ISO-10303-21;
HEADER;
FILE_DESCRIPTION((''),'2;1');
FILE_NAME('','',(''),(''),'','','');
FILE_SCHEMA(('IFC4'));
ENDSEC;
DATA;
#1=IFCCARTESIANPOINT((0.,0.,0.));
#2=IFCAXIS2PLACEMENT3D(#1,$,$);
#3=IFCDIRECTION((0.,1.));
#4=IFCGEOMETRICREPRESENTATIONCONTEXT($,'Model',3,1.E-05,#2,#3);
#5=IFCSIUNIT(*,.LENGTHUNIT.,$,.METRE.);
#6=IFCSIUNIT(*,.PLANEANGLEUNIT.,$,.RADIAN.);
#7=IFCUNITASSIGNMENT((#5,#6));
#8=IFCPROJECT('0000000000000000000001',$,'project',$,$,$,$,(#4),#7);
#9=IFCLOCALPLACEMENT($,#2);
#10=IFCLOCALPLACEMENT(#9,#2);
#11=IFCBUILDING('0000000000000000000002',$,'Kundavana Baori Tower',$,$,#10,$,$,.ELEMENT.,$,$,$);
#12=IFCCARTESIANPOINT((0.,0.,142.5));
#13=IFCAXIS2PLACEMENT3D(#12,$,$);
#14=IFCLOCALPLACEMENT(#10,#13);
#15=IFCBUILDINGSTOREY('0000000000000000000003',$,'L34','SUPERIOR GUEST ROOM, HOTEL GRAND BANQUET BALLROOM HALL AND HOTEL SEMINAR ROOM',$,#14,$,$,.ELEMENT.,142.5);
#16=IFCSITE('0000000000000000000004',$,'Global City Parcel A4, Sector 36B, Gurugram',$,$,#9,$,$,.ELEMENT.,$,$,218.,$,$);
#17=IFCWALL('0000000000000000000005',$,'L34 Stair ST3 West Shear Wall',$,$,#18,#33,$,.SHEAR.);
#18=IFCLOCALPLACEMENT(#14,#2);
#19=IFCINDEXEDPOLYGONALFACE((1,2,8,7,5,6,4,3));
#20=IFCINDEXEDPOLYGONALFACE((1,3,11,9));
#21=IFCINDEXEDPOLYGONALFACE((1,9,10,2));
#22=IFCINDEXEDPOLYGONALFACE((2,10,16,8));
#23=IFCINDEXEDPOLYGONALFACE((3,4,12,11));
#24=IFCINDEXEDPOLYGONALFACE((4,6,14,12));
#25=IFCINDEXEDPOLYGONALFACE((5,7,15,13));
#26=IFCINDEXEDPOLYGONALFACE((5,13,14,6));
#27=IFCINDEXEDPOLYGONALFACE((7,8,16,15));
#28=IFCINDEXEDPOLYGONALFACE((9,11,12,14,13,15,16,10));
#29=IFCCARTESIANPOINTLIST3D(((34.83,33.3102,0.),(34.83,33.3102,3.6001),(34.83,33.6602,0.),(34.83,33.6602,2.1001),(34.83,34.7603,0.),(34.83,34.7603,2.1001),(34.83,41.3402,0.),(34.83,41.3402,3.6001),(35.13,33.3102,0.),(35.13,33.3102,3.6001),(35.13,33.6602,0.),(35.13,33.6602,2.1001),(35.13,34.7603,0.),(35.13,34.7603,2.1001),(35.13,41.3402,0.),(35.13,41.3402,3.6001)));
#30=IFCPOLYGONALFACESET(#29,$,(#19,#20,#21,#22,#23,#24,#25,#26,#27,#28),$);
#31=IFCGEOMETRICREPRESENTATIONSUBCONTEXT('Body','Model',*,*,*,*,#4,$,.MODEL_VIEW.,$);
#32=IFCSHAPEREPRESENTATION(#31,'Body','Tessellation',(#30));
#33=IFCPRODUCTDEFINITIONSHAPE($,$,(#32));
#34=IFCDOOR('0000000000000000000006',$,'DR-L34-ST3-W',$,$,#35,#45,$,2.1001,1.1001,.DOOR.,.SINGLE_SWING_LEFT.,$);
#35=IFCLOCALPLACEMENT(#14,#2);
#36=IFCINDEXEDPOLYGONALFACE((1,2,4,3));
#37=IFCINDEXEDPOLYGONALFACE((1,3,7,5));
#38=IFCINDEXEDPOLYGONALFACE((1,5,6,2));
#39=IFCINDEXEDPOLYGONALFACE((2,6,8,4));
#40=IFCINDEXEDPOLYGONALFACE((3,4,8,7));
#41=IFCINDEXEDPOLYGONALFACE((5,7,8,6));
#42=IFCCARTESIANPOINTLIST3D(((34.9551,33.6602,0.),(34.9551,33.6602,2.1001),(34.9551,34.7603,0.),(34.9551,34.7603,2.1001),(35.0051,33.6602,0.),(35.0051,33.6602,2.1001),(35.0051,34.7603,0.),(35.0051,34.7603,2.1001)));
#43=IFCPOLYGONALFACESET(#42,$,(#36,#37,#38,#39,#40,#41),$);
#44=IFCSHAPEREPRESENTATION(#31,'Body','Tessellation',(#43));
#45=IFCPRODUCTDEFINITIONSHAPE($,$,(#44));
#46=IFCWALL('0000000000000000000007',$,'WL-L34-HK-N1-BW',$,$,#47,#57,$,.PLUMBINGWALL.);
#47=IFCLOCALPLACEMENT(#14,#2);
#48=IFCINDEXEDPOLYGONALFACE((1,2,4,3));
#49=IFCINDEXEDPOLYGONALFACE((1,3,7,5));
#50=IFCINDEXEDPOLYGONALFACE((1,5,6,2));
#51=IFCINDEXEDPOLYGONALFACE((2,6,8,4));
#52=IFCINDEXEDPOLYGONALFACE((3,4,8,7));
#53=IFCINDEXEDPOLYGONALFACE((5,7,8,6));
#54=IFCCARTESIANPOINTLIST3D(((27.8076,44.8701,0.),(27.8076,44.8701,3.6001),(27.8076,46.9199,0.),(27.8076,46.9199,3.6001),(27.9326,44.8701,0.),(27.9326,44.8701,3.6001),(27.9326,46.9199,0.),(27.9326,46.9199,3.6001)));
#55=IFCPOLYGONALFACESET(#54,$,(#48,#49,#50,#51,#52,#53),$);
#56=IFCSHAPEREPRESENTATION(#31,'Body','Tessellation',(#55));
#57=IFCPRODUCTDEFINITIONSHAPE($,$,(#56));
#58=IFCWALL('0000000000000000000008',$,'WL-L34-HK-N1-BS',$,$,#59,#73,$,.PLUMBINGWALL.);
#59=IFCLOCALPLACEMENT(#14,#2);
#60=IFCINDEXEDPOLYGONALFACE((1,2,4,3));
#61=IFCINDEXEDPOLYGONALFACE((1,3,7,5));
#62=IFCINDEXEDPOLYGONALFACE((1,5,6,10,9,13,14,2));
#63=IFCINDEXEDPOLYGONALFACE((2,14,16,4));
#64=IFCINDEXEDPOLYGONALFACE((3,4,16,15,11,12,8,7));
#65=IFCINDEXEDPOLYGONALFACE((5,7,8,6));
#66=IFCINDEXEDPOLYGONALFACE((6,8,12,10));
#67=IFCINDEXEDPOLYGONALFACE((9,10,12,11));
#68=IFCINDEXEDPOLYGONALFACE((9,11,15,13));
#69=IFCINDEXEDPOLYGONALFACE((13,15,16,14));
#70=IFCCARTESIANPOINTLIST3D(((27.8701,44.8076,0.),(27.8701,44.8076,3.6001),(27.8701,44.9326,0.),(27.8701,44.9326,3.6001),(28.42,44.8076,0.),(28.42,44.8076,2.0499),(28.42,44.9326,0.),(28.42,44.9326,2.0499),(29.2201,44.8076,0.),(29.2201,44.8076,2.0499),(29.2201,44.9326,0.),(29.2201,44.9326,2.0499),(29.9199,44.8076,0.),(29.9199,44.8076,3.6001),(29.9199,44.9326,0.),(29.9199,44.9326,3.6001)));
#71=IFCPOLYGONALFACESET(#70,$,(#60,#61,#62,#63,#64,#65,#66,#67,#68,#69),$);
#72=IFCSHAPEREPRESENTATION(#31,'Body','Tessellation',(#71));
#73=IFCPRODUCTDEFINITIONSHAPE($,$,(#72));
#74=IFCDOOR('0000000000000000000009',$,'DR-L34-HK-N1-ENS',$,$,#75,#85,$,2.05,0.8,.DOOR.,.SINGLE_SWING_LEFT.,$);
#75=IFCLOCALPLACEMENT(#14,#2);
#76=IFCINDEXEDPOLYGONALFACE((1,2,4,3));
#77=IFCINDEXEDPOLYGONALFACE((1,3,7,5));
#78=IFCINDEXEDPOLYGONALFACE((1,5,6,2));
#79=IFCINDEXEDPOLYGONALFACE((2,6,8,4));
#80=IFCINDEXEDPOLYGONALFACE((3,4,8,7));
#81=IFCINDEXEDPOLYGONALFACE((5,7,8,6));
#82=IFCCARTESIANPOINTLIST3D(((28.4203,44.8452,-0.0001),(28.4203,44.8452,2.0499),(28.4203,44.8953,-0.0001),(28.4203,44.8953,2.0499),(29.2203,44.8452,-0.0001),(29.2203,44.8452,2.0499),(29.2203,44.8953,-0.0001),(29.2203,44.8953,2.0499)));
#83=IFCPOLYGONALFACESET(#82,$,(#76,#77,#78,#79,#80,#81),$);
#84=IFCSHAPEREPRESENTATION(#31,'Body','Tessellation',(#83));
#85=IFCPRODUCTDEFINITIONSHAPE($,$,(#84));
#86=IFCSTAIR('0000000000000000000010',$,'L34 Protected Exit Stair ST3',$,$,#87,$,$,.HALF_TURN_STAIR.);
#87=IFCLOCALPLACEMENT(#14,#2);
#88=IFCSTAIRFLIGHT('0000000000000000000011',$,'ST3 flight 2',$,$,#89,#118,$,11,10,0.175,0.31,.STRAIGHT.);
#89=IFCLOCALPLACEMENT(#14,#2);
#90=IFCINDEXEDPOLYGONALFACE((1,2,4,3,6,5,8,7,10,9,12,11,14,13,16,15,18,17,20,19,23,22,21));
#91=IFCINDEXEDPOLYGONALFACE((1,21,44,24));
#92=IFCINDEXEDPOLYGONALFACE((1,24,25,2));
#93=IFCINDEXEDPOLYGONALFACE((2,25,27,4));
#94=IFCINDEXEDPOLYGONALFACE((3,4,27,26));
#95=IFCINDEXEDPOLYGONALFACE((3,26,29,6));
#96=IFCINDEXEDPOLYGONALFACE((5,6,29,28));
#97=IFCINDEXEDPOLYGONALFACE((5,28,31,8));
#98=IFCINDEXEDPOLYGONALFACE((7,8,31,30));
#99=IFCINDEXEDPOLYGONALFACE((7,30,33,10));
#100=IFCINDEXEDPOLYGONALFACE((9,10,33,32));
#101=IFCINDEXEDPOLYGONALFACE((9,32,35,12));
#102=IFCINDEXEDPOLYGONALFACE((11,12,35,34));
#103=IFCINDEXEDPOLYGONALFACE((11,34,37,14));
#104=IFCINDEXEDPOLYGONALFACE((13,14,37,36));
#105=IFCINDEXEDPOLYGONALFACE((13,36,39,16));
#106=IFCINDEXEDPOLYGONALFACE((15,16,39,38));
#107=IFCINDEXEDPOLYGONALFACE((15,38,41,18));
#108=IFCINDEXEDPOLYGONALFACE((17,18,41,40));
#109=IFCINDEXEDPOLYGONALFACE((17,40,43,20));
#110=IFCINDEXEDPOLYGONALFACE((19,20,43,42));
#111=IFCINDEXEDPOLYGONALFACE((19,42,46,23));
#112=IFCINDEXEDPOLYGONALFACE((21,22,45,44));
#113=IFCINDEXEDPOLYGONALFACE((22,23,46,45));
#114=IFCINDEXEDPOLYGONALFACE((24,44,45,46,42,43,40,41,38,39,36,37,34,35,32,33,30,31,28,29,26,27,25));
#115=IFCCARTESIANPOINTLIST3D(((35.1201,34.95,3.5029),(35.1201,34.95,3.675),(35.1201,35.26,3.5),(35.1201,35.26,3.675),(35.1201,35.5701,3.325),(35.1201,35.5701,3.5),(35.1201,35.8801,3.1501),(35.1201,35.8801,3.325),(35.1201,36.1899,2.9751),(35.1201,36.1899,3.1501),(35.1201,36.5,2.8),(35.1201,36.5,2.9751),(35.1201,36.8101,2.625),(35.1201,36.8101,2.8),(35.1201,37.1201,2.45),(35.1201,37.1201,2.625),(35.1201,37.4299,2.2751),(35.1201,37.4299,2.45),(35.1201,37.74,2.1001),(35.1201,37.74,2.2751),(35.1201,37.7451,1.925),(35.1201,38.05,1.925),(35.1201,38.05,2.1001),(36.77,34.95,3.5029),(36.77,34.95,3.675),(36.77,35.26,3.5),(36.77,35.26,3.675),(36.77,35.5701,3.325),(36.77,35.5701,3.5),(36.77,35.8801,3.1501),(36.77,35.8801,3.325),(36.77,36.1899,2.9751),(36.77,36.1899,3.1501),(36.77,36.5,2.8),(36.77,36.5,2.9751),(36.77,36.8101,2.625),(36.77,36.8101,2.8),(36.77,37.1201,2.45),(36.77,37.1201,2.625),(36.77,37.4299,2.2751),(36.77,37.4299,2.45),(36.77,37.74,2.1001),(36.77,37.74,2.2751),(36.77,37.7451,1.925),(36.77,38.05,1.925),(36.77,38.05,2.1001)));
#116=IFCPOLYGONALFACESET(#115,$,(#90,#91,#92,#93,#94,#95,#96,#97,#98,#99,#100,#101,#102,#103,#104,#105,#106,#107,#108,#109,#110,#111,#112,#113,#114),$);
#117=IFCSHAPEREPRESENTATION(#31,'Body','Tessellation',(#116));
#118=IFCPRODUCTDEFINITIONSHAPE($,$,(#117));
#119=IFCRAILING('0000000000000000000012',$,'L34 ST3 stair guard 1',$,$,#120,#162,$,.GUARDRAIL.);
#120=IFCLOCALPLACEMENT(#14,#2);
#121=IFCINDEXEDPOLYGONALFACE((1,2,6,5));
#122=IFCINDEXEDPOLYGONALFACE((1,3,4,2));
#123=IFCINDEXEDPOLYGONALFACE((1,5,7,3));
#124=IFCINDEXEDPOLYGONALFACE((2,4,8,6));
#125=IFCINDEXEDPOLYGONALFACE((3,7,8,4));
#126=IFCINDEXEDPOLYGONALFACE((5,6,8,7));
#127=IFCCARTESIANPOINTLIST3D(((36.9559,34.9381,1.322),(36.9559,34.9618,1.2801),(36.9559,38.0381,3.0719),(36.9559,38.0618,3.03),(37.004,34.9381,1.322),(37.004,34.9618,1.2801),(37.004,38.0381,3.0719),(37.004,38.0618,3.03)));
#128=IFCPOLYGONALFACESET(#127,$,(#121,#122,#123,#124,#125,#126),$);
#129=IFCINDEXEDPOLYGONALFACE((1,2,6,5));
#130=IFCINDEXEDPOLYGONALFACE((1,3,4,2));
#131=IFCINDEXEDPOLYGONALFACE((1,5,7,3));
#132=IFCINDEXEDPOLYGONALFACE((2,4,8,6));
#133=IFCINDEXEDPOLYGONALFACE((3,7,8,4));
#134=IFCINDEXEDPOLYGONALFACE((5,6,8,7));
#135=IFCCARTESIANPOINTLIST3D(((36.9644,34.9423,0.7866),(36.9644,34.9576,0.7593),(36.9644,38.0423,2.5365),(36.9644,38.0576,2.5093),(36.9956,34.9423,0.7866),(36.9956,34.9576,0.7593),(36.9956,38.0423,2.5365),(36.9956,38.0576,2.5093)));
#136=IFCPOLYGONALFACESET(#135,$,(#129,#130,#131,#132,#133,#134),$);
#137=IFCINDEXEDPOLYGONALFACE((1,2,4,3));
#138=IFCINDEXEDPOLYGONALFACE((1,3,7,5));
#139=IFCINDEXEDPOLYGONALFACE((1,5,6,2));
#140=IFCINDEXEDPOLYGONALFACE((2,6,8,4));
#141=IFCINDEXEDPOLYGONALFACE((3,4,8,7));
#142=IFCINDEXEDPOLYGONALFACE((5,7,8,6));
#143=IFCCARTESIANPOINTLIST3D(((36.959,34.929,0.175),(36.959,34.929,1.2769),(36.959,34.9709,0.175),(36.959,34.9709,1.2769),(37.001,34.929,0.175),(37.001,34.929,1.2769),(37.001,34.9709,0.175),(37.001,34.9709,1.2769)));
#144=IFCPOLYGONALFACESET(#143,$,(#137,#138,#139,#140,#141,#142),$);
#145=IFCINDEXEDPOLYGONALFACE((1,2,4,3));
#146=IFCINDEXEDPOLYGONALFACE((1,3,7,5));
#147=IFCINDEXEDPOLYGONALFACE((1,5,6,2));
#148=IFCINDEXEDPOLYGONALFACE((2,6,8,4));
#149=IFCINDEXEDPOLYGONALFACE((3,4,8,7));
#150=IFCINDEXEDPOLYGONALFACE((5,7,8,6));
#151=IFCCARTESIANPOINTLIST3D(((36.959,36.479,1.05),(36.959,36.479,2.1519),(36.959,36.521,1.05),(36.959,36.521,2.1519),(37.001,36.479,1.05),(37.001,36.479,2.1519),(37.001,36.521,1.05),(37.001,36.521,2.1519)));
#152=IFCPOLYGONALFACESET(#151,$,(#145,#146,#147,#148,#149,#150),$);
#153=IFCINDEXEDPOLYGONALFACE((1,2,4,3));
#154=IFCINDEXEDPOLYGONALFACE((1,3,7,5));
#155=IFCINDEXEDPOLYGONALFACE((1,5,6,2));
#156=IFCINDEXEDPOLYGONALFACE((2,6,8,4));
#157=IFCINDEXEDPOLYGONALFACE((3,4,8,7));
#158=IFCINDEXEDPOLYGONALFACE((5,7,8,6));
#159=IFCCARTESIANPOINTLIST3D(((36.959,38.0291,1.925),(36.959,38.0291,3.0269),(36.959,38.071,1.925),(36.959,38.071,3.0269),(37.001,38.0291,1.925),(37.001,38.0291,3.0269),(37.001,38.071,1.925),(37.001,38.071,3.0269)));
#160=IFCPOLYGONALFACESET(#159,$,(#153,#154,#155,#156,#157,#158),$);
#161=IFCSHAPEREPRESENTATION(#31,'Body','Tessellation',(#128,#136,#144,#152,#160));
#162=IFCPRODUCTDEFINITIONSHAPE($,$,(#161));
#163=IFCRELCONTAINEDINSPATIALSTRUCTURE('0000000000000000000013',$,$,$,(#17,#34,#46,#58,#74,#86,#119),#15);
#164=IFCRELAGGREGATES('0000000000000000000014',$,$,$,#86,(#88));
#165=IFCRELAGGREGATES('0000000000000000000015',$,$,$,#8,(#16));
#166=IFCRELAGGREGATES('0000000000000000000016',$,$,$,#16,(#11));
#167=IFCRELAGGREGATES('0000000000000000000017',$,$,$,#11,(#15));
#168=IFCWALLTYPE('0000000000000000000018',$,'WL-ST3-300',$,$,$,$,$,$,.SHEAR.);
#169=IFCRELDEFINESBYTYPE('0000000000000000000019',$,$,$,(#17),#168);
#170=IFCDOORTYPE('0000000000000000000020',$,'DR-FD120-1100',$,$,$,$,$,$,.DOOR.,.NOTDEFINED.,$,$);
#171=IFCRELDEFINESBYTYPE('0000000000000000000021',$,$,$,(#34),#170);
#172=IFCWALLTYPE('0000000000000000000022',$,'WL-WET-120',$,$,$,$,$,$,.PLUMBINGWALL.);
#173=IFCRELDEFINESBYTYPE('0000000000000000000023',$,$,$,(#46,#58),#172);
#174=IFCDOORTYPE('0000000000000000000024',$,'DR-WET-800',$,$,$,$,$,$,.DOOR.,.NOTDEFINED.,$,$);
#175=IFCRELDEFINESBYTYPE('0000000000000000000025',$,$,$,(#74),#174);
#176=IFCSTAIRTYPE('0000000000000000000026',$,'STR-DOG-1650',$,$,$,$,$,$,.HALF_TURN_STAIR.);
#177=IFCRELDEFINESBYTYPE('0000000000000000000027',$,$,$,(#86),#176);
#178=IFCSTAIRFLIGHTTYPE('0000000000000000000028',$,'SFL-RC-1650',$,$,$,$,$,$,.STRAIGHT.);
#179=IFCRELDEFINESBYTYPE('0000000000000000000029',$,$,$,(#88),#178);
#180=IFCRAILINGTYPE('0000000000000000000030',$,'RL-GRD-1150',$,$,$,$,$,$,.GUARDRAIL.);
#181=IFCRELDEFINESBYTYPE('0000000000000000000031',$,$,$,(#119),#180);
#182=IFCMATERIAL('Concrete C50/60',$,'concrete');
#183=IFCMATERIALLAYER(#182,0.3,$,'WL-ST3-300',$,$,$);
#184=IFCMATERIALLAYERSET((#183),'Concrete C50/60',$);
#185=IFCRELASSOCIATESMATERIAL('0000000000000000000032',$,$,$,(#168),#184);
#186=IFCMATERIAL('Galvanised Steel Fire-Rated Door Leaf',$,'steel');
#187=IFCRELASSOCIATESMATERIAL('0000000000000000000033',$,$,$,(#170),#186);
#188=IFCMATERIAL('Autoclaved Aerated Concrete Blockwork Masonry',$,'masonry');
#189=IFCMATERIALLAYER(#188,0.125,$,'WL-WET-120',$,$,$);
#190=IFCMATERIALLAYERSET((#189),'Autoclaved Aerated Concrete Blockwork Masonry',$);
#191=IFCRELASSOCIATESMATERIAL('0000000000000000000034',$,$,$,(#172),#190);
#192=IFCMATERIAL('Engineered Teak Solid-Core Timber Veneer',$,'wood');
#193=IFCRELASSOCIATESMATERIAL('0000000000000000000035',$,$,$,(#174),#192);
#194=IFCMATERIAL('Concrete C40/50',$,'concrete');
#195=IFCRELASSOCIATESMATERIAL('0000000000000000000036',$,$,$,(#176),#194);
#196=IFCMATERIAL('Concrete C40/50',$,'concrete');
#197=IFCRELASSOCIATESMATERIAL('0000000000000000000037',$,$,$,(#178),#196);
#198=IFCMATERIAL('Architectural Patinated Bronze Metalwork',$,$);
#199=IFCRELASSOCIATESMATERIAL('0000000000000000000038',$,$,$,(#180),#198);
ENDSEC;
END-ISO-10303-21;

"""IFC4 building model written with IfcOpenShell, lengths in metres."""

from ifc_helpers import new_model, si_unit, direction, frame, frame_2d, origin, origin_2d, place, context, subcontext, project, spatial, polyline, rectangle, outline, extrude, material, layer, layer_set, type_object, element, fill, aggregate, save


model = new_model("IFC4")

# Units and contexts
model_context = context("Model", 3, precision=1e-05, world=origin(), true_north=direction((0.0, 1.0)))
body_context = subcontext(model_context, "Body", "Model", "MODEL_VIEW")
ifc_project = project(units=[si_unit("LENGTHUNIT", "METRE"), si_unit("PLANEANGLEUNIT", "RADIAN")], contexts=[model_context])

# Site, building, storey
site_placement = place(None, origin())
site = spatial("IfcSite", under=ifc_project, at=site_placement, Name="Global City Parcel A4, Sector 36B, Gurugram", CompositionType="ELEMENT", RefElevation=218.0)
building_placement = place(site_placement, origin())
building = spatial("IfcBuilding", under=site, at=building_placement, Name="Kundavana Baori Tower", CompositionType="ELEMENT")
storey_placement = place(building_placement, frame((0.0, 0.0, 142.5)))
storey = spatial("IfcBuildingStorey", under=building, at=storey_placement, Name="L34", Description="SUPERIOR GUEST ROOM, HOTEL GRAND BANQUET BALLROOM HALL AND HOTEL SEMINAR ROOM", CompositionType="ELEMENT", Elevation=142.5)

# Shared definitions
ifc_material_1 = material(Name="Concrete C50/60", Category="concrete")
ifc_layer_1 = layer(ifc_material_1, 0.3, Name="WL-ST3-300")
ifc_layer_set_1 = layer_set([ifc_layer_1], Name="Concrete C50/60")
wall_type_1 = type_object("IfcWallType", Name="WL-ST3-300", PredefinedType="SHEAR", material=ifc_layer_set_1)

# Wall, opening, door
wall_1_placement = place(storey_placement, frame((34.98, 33.3101, 0.0), z_axis=(0.0, 0.0, 1.0), x_axis=(0.0, 1.0, 0.0)))
wall_1 = element("IfcWall", 1, at=wall_1_placement, inside=storey, type_object=wall_type_1, Name="L34 Stair ST3 West Shear Wall", PredefinedType="SHEAR", context=body_context, shape_type="SweptSolid", body=[
    extrude(rectangle(XDim=8.03, YDim=0.3, at=frame_2d((4.0151, 0.0))), origin(), (0.0, 0.0, 1.0), 3.6001),
])
opening_1_placement = place(wall_1_placement, frame((0.3501, 0.0, 0.0)))
opening_1 = element("IfcOpeningElement", 2, at=opening_1_placement, cuts=wall_1, PredefinedType="OPENING", context=body_context, shape_type="SweptSolid", body=[
    extrude(rectangle(XDim=1.1001, YDim=2.1001, at=frame_2d((0.55, 1.05))), frame((0.0, 0.1602, 0.0), z_axis=(0.0, -1.0, 0.0), x_axis=(1.0, 0.0, 0.0)), (0.0, 0.0, 1.0), 0.3201),
])
ifc_material_2 = material(Name="Galvanised Steel Fire-Rated Door Leaf", Category="steel")
door_type_1 = type_object("IfcDoorType", Name="DR-FD120-1100", OperationType="NOTDEFINED", PredefinedType="DOOR", material=ifc_material_2)
door_1_placement = place(opening_1_placement, origin())
door_1 = element("IfcDoor", 3, at=door_1_placement, inside=storey, type_object=door_type_1, Name="DR-L34-ST3-W", OperationType="SINGLE_SWING_LEFT", OverallHeight=2.1001, OverallWidth=1.1001, PredefinedType="DOOR", context=body_context, shape_type="SweptSolid", body=[
    extrude(rectangle(XDim=1.1001, YDim=2.1001, at=frame_2d((0.55, 1.05))), frame((0.0, 0.0249, 0.0), z_axis=(0.0, -1.0, 0.0), x_axis=(1.0, 0.0, 0.0)), (0.0, 0.0, 1.0), 0.05),
])
fill(opening_1, door_1)

# Wall
ifc_material_3 = material(Name="Autoclaved Aerated Concrete Blockwork Masonry", Category="masonry")
ifc_layer_2 = layer(ifc_material_3, 0.125, Name="WL-WET-120")
ifc_layer_set_2 = layer_set([ifc_layer_2], Name="Autoclaved Aerated Concrete Blockwork Masonry")
wall_type_2 = type_object("IfcWallType", Name="WL-WET-120", PredefinedType="PLUMBINGWALL", material=ifc_layer_set_2)
wall_2_placement = place(storey_placement, frame((27.8701, 44.8701, 0.0), z_axis=(0.0, 0.0, 1.0), x_axis=(0.0, 1.0, 0.0)))
element("IfcWall", 4, at=wall_2_placement, inside=storey, type_object=wall_type_2, Name="WL-L34-HK-N1-BW", PredefinedType="PLUMBINGWALL", context=body_context, shape_type="SweptSolid", body=[
    extrude(rectangle(XDim=2.0498, YDim=0.125, at=frame_2d((1.0249, 0.0))), origin(), (0.0, 0.0, 1.0), 3.6001),
])

# Wall, opening, door
wall_3_placement = place(storey_placement, frame((27.8701, 44.8701, 0.0), z_axis=(0.0, 0.0, 1.0), x_axis=(1.0, 0.0, 0.0)))
wall_3 = element("IfcWall", 5, at=wall_3_placement, inside=storey, type_object=wall_type_2, Name="WL-L34-HK-N1-BS", PredefinedType="PLUMBINGWALL", context=body_context, shape_type="SweptSolid", body=[
    extrude(rectangle(XDim=2.0498, YDim=0.125, at=frame_2d((1.0249, 0.0))), origin(), (0.0, 0.0, 1.0), 3.6001),
])
opening_2_placement = place(wall_3_placement, frame((0.55, 0.0, 0.0)))
opening_2 = element("IfcOpeningElement", 6, at=opening_2_placement, cuts=wall_3, PredefinedType="OPENING", context=body_context, shape_type="SweptSolid", body=[
    extrude(rectangle(XDim=0.8, YDim=2.05, at=frame_2d((0.3999, 1.0249))), frame((0.0, 0.0725, 0.0), z_axis=(0.0, -1.0, 0.0), x_axis=(1.0, 0.0, 0.0)), (0.0, 0.0, 1.0), 0.145),
])
ifc_material_4 = material(Name="Engineered Teak Solid-Core Timber Veneer", Category="wood")
door_type_2 = type_object("IfcDoorType", Name="DR-WET-800", OperationType="NOTDEFINED", PredefinedType="DOOR", material=ifc_material_4)
door_2_placement = place(opening_2_placement, frame((0.8, 0.0, 0.0), z_axis=(0.0, 0.0, 1.0), x_axis=(-1.0, 0.0, 0.0)))
door_2 = element("IfcDoor", 7, at=door_2_placement, inside=storey, type_object=door_type_2, Name="DR-L34-HK-N1-ENS", OperationType="SINGLE_SWING_LEFT", OverallHeight=2.05, OverallWidth=0.8, PredefinedType="DOOR", context=body_context, shape_type="SweptSolid", body=[
    extrude(rectangle(XDim=0.8, YDim=2.05, at=frame_2d((0.3999, 1.0249))), frame((0.0, 0.0249, 0.0), z_axis=(0.0, -1.0, 0.0), x_axis=(1.0, 0.0, 0.0)), (0.0, 0.0, 1.0), 0.05),
])
fill(opening_2, door_2)

# Stair, stair flight
ifc_material_5 = material(Name="Concrete C40/50", Category="concrete")
stair_type = type_object("IfcStairType", Name="STR-DOG-1650", PredefinedType="HALF_TURN_STAIR", material=ifc_material_5)
stair_placement = place(storey_placement, origin())
stair = element("IfcStair", 8, at=stair_placement, inside=storey, type_object=stair_type, Name="L34 Protected Exit Stair ST3", PredefinedType="HALF_TURN_STAIR")
ifc_material_6 = material(Name="Concrete C40/50", Category="concrete")
stair_flight_type = type_object("IfcStairFlightType", Name="SFL-RC-1650", PredefinedType="STRAIGHT", material=ifc_material_6)
stair_flight_placement = place(storey_placement, frame((35.9451, 38.05, 1.925), z_axis=(0.0, 0.0, 1.0), x_axis=(0.0, -1.0, 0.0)))
stair_flight = element("IfcStairFlight", 9, at=stair_flight_placement, type_object=stair_flight_type, Name="ST3 flight 2", NumberOfRisers=11, NumberOfTreads=10, PredefinedType="STRAIGHT", RiserHeight=0.175, TreadLength=0.31, context=body_context, shape_type="SweptSolid", body=[
    extrude(outline(polyline([(0.0, 0.0), (0.0, 0.175), (0.3101, 0.175), (0.3101, 0.3501), (0.6201, 0.3501), (0.6201, 0.5249), (0.9299, 0.5249), (0.9299, 0.7), (1.24, 0.7), (1.24, 0.875), (1.55, 0.875), (1.55, 1.05), (1.8601, 1.05), (1.8601, 1.2251), (2.1699, 1.2251), (2.1699, 1.3999), (2.48, 1.3999), (2.48, 1.575), (2.79, 1.575), (2.79, 1.75), (3.1001, 1.75), (3.1001, 1.925), (3.1001, 1.5779), (0.3049, 0.0), (0.0, 0.0)])), frame((0.0, 0.825, 0.0), z_axis=(0.0, -1.0, 0.0), x_axis=(1.0, 0.0, 0.0)), (0.0, 0.0, 1.0), 1.6499),
])
aggregate(stair, [stair_flight])

# Railing
ifc_material_7 = material(Name="Architectural Patinated Bronze Metalwork")
railing_type_1 = type_object("IfcRailingType", Name="RL-GRD-1150", PredefinedType="GUARDRAIL", material=ifc_material_7)
railing_1_placement = place(storey_placement, frame((36.98, 34.95, 0.175)))
element("IfcRailing", 10, at=railing_1_placement, inside=storey, type_object=railing_type_1, Name="L34 ST3 stair guard 1", PredefinedType="GUARDRAIL", context=body_context, shape_type="SweptSolid", body=[
    extrude(rectangle(XDim=0.0481, YDim=0.0481, at=origin_2d()), frame((0.0, 0.0, 1.126), z_axis=(0.0, 0.870831, 0.491583), x_axis=(-1.0, 0.0, 0.0)), (0.0, 0.0, 1.0), 3.5598),
    extrude(rectangle(XDim=0.0312, YDim=0.0312, at=origin_2d()), frame((0.0, 0.0, 0.5979), z_axis=(0.0, 0.870831, 0.491583), x_axis=(-1.0, 0.0, 0.0)), (0.0, 0.0, 1.0), 3.5598),
    extrude(rectangle(XDim=0.042, YDim=0.042, at=origin_2d()), origin(), (0.0, 0.0, 1.0), 1.1018),
    extrude(rectangle(XDim=0.042, YDim=0.042, at=origin_2d()), frame((0.0, 1.55, 0.875)), (0.0, 0.0, 1.0), 1.1018),
    extrude(rectangle(XDim=0.042, YDim=0.042, at=origin_2d()), frame((0.0, 3.1001, 1.75)), (0.0, 0.0, 1.0), 1.1018),
])

save(model, "model.ifc")
